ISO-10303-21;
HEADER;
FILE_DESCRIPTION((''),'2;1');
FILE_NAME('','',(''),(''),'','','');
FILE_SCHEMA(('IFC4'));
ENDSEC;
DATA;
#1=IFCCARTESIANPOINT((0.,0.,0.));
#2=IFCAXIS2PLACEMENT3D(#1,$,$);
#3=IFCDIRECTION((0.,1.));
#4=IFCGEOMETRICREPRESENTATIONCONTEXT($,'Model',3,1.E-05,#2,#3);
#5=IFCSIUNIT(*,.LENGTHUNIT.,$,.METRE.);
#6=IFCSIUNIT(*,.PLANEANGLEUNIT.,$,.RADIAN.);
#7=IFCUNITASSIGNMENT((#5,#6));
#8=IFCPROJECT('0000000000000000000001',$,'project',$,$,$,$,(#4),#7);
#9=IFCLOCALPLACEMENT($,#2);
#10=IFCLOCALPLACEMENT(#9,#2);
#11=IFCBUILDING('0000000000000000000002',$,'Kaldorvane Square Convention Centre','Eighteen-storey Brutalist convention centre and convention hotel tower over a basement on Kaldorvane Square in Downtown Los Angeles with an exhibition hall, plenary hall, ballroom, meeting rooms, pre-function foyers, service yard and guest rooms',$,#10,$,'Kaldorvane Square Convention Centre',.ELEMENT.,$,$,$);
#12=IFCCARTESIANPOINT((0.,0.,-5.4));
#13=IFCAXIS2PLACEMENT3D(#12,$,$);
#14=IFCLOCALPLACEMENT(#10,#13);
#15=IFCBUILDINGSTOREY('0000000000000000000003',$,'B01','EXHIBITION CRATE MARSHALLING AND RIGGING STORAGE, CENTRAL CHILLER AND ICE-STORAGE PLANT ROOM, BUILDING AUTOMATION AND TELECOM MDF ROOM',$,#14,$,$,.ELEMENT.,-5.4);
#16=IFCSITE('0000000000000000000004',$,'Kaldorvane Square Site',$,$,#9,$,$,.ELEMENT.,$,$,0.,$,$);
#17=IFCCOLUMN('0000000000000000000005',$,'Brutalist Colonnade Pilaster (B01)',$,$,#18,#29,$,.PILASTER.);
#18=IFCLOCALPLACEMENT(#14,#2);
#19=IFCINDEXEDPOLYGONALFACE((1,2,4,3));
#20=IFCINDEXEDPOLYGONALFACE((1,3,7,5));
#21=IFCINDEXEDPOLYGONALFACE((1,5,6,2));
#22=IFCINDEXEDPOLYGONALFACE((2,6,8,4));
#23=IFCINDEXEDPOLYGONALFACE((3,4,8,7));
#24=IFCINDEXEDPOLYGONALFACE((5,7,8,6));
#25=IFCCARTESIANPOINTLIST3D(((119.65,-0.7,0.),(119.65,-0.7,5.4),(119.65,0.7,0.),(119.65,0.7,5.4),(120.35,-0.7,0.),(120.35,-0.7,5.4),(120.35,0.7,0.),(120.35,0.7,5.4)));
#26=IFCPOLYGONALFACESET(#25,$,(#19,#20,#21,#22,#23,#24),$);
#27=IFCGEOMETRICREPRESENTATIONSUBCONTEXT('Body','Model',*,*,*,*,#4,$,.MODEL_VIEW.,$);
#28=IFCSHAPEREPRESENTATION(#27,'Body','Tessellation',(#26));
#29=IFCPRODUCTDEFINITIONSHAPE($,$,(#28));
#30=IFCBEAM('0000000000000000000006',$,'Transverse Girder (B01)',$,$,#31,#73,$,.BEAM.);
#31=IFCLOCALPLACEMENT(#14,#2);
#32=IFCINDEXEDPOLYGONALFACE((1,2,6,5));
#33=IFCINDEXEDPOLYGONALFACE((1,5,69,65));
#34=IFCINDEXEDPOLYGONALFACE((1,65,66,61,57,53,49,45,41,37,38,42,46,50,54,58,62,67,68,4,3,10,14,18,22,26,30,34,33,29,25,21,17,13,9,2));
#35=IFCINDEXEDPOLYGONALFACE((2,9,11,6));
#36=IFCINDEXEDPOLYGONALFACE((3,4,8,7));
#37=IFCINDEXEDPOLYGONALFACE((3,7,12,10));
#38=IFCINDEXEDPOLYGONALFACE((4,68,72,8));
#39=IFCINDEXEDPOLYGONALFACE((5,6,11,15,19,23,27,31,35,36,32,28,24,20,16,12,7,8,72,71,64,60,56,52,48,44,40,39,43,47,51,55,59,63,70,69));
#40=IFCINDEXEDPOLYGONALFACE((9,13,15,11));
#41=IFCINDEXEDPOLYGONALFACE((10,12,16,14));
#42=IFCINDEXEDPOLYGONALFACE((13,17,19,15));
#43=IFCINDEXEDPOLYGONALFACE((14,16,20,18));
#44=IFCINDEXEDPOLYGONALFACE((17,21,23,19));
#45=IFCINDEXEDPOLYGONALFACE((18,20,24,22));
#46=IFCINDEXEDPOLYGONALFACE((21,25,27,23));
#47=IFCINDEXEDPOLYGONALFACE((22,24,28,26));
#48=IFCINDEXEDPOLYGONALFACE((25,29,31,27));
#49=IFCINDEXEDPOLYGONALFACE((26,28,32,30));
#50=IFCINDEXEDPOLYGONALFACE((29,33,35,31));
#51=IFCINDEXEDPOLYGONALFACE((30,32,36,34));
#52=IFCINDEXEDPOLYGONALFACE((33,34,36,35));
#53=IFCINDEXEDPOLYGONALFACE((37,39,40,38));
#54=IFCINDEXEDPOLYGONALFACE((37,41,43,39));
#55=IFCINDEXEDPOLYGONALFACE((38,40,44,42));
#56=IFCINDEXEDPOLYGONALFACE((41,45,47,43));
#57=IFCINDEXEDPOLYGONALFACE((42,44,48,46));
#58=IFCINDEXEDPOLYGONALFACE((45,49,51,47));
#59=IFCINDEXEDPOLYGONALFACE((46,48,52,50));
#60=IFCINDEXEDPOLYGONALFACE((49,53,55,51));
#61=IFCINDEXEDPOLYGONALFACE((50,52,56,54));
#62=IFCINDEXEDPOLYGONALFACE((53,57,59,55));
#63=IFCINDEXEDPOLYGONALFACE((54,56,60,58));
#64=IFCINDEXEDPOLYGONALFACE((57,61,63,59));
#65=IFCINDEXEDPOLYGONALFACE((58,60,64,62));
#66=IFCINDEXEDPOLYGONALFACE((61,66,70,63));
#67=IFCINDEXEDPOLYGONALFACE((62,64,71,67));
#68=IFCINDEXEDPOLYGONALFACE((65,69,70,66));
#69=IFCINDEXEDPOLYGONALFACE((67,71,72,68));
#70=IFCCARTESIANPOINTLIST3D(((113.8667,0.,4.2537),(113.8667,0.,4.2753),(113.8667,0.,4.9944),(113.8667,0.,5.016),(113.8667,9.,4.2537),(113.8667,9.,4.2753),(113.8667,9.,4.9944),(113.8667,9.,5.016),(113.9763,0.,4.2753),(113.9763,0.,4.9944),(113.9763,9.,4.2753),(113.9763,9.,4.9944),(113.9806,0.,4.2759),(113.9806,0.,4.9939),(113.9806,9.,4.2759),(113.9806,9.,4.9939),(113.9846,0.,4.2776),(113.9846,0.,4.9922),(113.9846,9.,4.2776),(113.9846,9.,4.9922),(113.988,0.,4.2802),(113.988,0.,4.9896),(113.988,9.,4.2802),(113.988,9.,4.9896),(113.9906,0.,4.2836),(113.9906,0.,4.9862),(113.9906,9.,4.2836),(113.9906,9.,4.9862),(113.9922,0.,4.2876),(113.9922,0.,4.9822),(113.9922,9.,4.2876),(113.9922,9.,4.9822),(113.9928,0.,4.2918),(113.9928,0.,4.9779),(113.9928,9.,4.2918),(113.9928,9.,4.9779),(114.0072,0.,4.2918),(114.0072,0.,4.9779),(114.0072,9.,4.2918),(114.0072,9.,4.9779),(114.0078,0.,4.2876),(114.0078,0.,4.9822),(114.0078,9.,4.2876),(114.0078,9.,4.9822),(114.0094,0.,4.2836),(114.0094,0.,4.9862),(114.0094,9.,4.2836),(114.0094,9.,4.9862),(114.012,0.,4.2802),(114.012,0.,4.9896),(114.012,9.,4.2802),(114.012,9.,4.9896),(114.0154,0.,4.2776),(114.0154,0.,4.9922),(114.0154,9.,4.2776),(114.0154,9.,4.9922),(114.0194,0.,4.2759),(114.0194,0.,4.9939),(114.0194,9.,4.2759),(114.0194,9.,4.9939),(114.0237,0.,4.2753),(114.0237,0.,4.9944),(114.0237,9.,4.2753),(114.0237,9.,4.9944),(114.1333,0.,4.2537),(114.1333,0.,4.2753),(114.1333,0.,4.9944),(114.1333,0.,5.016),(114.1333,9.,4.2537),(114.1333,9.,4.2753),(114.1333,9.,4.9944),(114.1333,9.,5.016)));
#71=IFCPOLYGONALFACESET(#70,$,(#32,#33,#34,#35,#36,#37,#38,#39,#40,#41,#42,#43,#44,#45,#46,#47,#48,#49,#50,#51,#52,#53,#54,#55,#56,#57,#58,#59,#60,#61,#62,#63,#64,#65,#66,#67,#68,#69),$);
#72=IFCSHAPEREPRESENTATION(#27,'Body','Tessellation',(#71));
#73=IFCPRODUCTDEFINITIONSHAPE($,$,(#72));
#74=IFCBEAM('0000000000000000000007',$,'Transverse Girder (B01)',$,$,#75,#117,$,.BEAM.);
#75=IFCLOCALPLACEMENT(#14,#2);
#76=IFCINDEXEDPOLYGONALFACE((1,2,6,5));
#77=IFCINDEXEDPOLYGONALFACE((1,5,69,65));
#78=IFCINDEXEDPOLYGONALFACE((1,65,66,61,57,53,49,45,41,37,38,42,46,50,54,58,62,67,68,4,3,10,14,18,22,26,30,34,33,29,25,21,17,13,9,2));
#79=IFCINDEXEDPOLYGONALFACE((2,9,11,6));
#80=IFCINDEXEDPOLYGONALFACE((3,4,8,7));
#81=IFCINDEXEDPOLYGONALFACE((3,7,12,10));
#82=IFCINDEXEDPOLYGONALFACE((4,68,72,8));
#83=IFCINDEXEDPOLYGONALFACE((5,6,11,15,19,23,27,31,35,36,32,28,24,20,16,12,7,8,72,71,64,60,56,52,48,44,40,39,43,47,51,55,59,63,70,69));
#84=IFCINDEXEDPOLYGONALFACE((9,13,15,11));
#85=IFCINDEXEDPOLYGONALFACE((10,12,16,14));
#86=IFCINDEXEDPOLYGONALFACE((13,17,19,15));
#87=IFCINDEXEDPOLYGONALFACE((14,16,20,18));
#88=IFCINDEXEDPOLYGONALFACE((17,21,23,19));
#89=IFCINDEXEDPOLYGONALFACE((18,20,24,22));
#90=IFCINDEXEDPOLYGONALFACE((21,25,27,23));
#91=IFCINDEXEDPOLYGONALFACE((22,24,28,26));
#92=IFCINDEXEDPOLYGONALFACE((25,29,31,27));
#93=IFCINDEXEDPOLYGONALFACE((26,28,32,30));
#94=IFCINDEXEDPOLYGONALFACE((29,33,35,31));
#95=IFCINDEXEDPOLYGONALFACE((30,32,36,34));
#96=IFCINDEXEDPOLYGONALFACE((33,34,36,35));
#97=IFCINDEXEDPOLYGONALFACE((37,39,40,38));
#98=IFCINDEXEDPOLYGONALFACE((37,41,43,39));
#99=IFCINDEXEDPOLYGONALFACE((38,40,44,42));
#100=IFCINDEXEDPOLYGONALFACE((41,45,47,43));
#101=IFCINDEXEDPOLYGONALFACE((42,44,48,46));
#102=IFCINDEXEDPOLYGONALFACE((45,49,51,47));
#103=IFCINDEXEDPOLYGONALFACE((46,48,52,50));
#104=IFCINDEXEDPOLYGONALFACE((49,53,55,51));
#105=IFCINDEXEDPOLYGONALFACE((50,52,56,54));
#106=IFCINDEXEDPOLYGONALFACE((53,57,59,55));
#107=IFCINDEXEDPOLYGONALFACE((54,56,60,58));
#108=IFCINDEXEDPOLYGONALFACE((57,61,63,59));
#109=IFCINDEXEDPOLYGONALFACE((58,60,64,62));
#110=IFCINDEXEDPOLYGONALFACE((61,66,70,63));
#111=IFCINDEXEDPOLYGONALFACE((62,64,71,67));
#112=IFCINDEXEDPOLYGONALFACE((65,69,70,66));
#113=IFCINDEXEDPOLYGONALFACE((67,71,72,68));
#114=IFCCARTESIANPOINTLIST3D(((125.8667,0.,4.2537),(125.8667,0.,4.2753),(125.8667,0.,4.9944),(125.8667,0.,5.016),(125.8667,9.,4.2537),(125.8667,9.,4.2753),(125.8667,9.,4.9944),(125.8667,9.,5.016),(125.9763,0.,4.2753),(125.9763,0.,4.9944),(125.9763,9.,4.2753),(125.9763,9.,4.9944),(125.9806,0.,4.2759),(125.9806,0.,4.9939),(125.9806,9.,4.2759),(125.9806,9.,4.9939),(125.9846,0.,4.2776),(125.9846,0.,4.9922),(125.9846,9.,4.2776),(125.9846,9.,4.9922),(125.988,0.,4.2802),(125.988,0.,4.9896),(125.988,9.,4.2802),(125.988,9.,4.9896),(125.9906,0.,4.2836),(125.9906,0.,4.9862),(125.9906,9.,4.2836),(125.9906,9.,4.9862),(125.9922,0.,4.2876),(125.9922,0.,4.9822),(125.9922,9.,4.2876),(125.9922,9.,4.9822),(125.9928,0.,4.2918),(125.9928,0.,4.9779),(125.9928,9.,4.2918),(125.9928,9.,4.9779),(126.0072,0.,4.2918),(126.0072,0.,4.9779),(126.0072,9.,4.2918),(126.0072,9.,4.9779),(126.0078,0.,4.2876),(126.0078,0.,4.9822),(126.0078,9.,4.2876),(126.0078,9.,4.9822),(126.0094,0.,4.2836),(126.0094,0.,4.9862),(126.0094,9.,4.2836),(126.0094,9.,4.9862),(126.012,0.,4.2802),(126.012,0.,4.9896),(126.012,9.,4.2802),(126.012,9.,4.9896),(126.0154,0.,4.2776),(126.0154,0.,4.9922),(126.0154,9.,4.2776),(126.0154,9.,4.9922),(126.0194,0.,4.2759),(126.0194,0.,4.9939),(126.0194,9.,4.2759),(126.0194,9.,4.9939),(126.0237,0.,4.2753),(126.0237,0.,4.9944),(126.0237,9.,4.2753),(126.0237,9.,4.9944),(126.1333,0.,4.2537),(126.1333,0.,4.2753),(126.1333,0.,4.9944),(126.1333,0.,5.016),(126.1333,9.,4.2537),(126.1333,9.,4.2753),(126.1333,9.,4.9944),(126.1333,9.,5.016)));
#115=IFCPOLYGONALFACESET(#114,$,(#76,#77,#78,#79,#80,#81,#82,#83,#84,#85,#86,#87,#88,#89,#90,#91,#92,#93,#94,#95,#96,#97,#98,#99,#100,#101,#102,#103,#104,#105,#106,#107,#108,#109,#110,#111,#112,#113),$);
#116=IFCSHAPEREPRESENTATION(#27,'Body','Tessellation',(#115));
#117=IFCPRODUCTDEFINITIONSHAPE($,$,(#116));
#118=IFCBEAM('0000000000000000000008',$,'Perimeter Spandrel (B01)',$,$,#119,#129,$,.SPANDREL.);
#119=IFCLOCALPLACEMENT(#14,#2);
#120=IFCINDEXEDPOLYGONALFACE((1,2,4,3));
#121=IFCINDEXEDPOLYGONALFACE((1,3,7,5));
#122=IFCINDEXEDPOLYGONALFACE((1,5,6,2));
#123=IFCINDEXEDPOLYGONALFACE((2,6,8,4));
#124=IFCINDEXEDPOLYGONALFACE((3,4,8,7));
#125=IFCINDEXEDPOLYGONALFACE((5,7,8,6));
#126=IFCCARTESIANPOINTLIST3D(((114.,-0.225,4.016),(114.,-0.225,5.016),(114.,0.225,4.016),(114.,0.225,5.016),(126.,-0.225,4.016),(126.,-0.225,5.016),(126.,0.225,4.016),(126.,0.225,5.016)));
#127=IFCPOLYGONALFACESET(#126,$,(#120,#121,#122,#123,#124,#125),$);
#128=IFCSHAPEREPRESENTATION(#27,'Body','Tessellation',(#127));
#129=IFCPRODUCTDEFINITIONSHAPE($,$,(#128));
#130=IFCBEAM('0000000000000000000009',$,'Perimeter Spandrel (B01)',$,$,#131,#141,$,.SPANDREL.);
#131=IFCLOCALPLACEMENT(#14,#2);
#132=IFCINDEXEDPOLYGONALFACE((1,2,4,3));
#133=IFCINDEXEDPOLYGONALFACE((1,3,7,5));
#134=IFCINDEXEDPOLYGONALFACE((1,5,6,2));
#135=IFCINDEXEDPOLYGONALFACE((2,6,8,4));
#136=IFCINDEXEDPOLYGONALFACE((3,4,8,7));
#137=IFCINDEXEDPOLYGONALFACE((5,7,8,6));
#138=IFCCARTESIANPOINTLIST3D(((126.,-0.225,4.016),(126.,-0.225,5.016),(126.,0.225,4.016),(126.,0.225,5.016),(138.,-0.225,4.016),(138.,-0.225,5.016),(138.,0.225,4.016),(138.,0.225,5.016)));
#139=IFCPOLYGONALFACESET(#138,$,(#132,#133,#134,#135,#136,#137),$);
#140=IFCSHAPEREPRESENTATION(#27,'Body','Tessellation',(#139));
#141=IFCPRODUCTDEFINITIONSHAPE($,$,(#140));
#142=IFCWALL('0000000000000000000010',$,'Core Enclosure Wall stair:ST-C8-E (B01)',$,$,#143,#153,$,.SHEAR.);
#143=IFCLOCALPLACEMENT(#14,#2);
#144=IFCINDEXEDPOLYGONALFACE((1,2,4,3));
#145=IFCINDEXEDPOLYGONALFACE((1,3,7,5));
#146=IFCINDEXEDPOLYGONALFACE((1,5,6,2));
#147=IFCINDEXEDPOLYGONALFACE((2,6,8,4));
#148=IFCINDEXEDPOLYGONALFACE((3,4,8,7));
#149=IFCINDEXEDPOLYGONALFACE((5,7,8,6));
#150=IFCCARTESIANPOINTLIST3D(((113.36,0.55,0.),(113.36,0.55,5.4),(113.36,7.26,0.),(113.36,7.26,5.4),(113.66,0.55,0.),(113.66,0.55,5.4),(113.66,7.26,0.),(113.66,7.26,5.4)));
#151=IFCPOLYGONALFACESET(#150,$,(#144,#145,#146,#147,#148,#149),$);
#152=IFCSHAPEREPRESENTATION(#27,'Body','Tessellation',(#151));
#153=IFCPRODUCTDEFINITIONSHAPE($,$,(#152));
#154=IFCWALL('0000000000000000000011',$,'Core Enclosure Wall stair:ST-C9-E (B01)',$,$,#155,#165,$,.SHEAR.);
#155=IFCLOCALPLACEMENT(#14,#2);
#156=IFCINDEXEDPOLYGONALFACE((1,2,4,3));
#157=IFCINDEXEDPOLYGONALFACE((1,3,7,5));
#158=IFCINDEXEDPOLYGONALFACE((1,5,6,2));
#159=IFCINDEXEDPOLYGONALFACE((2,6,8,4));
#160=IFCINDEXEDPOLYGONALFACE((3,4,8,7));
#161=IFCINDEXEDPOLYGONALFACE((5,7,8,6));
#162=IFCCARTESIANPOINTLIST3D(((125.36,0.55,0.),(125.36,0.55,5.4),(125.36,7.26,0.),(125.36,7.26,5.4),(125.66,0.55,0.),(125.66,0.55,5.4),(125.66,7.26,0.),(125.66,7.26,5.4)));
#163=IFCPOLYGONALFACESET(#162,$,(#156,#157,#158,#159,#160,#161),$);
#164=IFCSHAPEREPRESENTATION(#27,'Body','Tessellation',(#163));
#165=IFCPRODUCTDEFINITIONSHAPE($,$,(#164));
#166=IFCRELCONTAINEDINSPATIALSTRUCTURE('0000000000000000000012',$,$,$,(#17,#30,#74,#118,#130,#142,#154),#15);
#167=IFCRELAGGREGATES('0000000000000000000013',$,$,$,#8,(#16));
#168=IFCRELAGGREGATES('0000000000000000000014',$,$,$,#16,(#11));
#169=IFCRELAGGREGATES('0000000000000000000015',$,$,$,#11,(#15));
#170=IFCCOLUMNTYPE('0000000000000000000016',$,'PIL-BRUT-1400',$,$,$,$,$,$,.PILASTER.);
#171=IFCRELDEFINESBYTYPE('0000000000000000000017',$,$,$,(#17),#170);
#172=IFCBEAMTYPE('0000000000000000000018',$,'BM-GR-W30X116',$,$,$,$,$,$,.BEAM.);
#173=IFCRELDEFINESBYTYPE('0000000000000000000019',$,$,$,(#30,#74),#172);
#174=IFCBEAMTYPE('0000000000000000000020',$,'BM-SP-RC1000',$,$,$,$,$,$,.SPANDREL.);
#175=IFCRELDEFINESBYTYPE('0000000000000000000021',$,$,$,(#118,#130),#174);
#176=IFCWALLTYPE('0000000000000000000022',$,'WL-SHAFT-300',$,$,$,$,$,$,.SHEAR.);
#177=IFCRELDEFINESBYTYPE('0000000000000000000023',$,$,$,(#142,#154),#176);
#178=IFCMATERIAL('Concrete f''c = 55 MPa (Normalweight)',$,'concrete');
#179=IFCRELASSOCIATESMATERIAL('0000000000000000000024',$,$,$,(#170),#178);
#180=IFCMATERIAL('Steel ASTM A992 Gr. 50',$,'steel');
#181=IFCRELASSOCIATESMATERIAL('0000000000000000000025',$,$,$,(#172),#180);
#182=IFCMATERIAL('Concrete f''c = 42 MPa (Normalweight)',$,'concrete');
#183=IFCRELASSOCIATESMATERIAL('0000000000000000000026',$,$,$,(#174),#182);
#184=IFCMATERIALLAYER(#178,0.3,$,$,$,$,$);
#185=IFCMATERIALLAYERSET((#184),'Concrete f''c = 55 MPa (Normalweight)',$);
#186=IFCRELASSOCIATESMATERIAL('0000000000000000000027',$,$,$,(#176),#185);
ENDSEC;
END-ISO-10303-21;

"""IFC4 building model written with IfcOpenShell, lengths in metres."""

from ifc_helpers import new_model, si_unit, direction, frame, frame_2d, origin, origin_2d, place, context, subcontext, project, spatial, rectangle, i_section, extrude, material, layer, layer_set, material_profile, profile_set, type_object, element, save


model = new_model("IFC4")

# Units and contexts
model_context = context("Model", 3, precision=1e-05, world=origin(), true_north=direction((0.0, 1.0)))
body_context = subcontext(model_context, "Body", "Model", "MODEL_VIEW")
ifc_project = project(units=[si_unit("LENGTHUNIT", "METRE"), si_unit("PLANEANGLEUNIT", "RADIAN")], contexts=[model_context])

# Site, building, storey
site_placement = place(None, origin())
site = spatial("IfcSite", under=ifc_project, at=site_placement, Name="Kaldorvane Square Site", CompositionType="ELEMENT", RefElevation=0.0)
building_placement = place(site_placement, origin())
building = spatial("IfcBuilding", under=site, at=building_placement, Name="Kaldorvane Square Convention Centre", Description="Eighteen-storey Brutalist convention centre and convention hotel tower over a basement on Kaldorvane Square in Downtown Los Angeles with an exhibition hall, plenary hall, ballroom, meeting rooms, pre-function foyers, service yard and guest rooms", LongName="Kaldorvane Square Convention Centre", CompositionType="ELEMENT")
storey_placement = place(building_placement, frame((0.0, 0.0, -5.4)))
storey = spatial("IfcBuildingStorey", under=building, at=storey_placement, Name="B01", Description="EXHIBITION CRATE MARSHALLING AND RIGGING STORAGE, CENTRAL CHILLER AND ICE-STORAGE PLANT ROOM, BUILDING AUTOMATION AND TELECOM MDF ROOM", CompositionType="ELEMENT", Elevation=-5.4)

# Shared definitions
ifc_material_1 = material(Name="Concrete f'c = 42 MPa (Normalweight)", Category="concrete")

# Column
ifc_material_2 = material(Name="Steel ASTM A992 Gr. 50", Category="steel")
ifc_material_3 = material(Name="Concrete f'c = 55 MPa (Normalweight)", Category="concrete")
ifc_material_profile_1 = material_profile(ifc_material_3, rectangle(XDim=0.7, YDim=1.4, at=origin_2d()), Name="PIL1400X700")
ifc_profile_set_1 = profile_set([ifc_material_profile_1], Name="Concrete f'c = 55 MPa (Normalweight)")
column_type_1 = type_object("IfcColumnType", Name="PIL-BRUT-1400", PredefinedType="PILASTER", material=ifc_profile_set_1)
column_placement = place(storey_placement, frame((120.0, 0.0, 0.0), z_axis=(0.0, 0.0, 1.0), x_axis=(1.0, 0.0, 0.0)))
element("IfcColumn", 1, at=column_placement, inside=storey, type_object=column_type_1, Name="Brutalist Colonnade Pilaster (B01)", PredefinedType="PILASTER", context=body_context, shape_type="SweptSolid", body=[
    extrude(rectangle(XDim=0.7, YDim=1.4, at=origin_2d()), origin(), (0.0, 0.0, 1.0), 5.4),
])

# Beams
ifc_material_profile_2 = material_profile(ifc_material_2, i_section(OverallWidth=0.2666, OverallDepth=0.7623, WebThickness=0.0144, FlangeThickness=0.0216, FilletRadius=0.0165, at=origin_2d()), Name="W30X116")
ifc_profile_set_2 = profile_set([ifc_material_profile_2], Name="Steel ASTM A992 Gr. 50")
beam_type_1 = type_object("IfcBeamType", Name="BM-GR-W30X116", PredefinedType="BEAM", material=ifc_profile_set_2)
for number, where, z_axis, x_axis, name in (
    (2, (114.0, 0.0, 4.6349), (0.0, 1.0, 0.0), (-1.0, 0.0, 0.0), "Transverse Girder (B01)"),
    (3, (126.0, 0.0, 4.6349), (0.0, 1.0, 0.0), (-1.0, 0.0, 0.0), "Transverse Girder (B01)"),
):
    element("IfcBeam", number, at=place(storey_placement, frame(where, z_axis=z_axis, x_axis=x_axis)), inside=storey, type_object=beam_type_1, Name=name, PredefinedType="BEAM", context=body_context, shape_type="SweptSolid", body=[
        extrude(i_section(OverallWidth=0.2666, OverallDepth=0.7623, WebThickness=0.0144, FlangeThickness=0.0216, FilletRadius=0.0165, at=origin_2d()), origin(), (0.0, 0.0, 1.0), 9.0),
    ])
ifc_material_profile_3 = material_profile(ifc_material_1, rectangle(XDim=0.45, YDim=1.0, at=origin_2d()), Name="RCSP1000X450")
ifc_profile_set_3 = profile_set([ifc_material_profile_3], Name="Concrete f'c = 42 MPa (Normalweight)")
beam_type_2 = type_object("IfcBeamType", Name="BM-SP-RC1000", PredefinedType="SPANDREL", material=ifc_profile_set_3)
for number, where, z_axis, x_axis, name in (
    (4, (114.0, 0.0, 4.516), (1.0, 0.0, 0.0), (0.0, 1.0, 0.0), "Perimeter Spandrel (B01)"),
    (5, (126.0, 0.0, 4.516), (1.0, 0.0, 0.0), (0.0, 1.0, 0.0), "Perimeter Spandrel (B01)"),
):
    element("IfcBeam", number, at=place(storey_placement, frame(where, z_axis=z_axis, x_axis=x_axis)), inside=storey, type_object=beam_type_2, Name=name, PredefinedType="SPANDREL", context=body_context, shape_type="SweptSolid", body=[
        extrude(rectangle(XDim=0.45, YDim=1.0, at=origin_2d()), origin(), (0.0, 0.0, 1.0), 12.0),
    ])

# Walls
ifc_layer = layer(ifc_material_3, 0.3)
ifc_layer_set = layer_set([ifc_layer], Name="Concrete f'c = 55 MPa (Normalweight)")
wall_type = type_object("IfcWallType", Name="WL-SHAFT-300", PredefinedType="SHEAR", material=ifc_layer_set)
for number, where, z_axis, x_axis, name in (
    (6, (113.51, 0.55, 0.0), (0.0, 0.0, 1.0), (0.0, 1.0, 0.0), "Core Enclosure Wall stair:ST-C8-E (B01)"),
    (7, (125.51, 0.55, 0.0), (0.0, 0.0, 1.0), (0.0, 1.0, 0.0), "Core Enclosure Wall stair:ST-C9-E (B01)"),
):
    element("IfcWall", number, at=place(storey_placement, frame(where, z_axis=z_axis, x_axis=x_axis)), inside=storey, type_object=wall_type, Name=name, PredefinedType="SHEAR", context=body_context, shape_type="SweptSolid", body=[
        extrude(rectangle(XDim=6.71, YDim=0.3, at=frame_2d((3.355, 0.0))), origin(), (0.0, 0.0, 1.0), 5.4),
    ])

save(model, "model.ifc")
